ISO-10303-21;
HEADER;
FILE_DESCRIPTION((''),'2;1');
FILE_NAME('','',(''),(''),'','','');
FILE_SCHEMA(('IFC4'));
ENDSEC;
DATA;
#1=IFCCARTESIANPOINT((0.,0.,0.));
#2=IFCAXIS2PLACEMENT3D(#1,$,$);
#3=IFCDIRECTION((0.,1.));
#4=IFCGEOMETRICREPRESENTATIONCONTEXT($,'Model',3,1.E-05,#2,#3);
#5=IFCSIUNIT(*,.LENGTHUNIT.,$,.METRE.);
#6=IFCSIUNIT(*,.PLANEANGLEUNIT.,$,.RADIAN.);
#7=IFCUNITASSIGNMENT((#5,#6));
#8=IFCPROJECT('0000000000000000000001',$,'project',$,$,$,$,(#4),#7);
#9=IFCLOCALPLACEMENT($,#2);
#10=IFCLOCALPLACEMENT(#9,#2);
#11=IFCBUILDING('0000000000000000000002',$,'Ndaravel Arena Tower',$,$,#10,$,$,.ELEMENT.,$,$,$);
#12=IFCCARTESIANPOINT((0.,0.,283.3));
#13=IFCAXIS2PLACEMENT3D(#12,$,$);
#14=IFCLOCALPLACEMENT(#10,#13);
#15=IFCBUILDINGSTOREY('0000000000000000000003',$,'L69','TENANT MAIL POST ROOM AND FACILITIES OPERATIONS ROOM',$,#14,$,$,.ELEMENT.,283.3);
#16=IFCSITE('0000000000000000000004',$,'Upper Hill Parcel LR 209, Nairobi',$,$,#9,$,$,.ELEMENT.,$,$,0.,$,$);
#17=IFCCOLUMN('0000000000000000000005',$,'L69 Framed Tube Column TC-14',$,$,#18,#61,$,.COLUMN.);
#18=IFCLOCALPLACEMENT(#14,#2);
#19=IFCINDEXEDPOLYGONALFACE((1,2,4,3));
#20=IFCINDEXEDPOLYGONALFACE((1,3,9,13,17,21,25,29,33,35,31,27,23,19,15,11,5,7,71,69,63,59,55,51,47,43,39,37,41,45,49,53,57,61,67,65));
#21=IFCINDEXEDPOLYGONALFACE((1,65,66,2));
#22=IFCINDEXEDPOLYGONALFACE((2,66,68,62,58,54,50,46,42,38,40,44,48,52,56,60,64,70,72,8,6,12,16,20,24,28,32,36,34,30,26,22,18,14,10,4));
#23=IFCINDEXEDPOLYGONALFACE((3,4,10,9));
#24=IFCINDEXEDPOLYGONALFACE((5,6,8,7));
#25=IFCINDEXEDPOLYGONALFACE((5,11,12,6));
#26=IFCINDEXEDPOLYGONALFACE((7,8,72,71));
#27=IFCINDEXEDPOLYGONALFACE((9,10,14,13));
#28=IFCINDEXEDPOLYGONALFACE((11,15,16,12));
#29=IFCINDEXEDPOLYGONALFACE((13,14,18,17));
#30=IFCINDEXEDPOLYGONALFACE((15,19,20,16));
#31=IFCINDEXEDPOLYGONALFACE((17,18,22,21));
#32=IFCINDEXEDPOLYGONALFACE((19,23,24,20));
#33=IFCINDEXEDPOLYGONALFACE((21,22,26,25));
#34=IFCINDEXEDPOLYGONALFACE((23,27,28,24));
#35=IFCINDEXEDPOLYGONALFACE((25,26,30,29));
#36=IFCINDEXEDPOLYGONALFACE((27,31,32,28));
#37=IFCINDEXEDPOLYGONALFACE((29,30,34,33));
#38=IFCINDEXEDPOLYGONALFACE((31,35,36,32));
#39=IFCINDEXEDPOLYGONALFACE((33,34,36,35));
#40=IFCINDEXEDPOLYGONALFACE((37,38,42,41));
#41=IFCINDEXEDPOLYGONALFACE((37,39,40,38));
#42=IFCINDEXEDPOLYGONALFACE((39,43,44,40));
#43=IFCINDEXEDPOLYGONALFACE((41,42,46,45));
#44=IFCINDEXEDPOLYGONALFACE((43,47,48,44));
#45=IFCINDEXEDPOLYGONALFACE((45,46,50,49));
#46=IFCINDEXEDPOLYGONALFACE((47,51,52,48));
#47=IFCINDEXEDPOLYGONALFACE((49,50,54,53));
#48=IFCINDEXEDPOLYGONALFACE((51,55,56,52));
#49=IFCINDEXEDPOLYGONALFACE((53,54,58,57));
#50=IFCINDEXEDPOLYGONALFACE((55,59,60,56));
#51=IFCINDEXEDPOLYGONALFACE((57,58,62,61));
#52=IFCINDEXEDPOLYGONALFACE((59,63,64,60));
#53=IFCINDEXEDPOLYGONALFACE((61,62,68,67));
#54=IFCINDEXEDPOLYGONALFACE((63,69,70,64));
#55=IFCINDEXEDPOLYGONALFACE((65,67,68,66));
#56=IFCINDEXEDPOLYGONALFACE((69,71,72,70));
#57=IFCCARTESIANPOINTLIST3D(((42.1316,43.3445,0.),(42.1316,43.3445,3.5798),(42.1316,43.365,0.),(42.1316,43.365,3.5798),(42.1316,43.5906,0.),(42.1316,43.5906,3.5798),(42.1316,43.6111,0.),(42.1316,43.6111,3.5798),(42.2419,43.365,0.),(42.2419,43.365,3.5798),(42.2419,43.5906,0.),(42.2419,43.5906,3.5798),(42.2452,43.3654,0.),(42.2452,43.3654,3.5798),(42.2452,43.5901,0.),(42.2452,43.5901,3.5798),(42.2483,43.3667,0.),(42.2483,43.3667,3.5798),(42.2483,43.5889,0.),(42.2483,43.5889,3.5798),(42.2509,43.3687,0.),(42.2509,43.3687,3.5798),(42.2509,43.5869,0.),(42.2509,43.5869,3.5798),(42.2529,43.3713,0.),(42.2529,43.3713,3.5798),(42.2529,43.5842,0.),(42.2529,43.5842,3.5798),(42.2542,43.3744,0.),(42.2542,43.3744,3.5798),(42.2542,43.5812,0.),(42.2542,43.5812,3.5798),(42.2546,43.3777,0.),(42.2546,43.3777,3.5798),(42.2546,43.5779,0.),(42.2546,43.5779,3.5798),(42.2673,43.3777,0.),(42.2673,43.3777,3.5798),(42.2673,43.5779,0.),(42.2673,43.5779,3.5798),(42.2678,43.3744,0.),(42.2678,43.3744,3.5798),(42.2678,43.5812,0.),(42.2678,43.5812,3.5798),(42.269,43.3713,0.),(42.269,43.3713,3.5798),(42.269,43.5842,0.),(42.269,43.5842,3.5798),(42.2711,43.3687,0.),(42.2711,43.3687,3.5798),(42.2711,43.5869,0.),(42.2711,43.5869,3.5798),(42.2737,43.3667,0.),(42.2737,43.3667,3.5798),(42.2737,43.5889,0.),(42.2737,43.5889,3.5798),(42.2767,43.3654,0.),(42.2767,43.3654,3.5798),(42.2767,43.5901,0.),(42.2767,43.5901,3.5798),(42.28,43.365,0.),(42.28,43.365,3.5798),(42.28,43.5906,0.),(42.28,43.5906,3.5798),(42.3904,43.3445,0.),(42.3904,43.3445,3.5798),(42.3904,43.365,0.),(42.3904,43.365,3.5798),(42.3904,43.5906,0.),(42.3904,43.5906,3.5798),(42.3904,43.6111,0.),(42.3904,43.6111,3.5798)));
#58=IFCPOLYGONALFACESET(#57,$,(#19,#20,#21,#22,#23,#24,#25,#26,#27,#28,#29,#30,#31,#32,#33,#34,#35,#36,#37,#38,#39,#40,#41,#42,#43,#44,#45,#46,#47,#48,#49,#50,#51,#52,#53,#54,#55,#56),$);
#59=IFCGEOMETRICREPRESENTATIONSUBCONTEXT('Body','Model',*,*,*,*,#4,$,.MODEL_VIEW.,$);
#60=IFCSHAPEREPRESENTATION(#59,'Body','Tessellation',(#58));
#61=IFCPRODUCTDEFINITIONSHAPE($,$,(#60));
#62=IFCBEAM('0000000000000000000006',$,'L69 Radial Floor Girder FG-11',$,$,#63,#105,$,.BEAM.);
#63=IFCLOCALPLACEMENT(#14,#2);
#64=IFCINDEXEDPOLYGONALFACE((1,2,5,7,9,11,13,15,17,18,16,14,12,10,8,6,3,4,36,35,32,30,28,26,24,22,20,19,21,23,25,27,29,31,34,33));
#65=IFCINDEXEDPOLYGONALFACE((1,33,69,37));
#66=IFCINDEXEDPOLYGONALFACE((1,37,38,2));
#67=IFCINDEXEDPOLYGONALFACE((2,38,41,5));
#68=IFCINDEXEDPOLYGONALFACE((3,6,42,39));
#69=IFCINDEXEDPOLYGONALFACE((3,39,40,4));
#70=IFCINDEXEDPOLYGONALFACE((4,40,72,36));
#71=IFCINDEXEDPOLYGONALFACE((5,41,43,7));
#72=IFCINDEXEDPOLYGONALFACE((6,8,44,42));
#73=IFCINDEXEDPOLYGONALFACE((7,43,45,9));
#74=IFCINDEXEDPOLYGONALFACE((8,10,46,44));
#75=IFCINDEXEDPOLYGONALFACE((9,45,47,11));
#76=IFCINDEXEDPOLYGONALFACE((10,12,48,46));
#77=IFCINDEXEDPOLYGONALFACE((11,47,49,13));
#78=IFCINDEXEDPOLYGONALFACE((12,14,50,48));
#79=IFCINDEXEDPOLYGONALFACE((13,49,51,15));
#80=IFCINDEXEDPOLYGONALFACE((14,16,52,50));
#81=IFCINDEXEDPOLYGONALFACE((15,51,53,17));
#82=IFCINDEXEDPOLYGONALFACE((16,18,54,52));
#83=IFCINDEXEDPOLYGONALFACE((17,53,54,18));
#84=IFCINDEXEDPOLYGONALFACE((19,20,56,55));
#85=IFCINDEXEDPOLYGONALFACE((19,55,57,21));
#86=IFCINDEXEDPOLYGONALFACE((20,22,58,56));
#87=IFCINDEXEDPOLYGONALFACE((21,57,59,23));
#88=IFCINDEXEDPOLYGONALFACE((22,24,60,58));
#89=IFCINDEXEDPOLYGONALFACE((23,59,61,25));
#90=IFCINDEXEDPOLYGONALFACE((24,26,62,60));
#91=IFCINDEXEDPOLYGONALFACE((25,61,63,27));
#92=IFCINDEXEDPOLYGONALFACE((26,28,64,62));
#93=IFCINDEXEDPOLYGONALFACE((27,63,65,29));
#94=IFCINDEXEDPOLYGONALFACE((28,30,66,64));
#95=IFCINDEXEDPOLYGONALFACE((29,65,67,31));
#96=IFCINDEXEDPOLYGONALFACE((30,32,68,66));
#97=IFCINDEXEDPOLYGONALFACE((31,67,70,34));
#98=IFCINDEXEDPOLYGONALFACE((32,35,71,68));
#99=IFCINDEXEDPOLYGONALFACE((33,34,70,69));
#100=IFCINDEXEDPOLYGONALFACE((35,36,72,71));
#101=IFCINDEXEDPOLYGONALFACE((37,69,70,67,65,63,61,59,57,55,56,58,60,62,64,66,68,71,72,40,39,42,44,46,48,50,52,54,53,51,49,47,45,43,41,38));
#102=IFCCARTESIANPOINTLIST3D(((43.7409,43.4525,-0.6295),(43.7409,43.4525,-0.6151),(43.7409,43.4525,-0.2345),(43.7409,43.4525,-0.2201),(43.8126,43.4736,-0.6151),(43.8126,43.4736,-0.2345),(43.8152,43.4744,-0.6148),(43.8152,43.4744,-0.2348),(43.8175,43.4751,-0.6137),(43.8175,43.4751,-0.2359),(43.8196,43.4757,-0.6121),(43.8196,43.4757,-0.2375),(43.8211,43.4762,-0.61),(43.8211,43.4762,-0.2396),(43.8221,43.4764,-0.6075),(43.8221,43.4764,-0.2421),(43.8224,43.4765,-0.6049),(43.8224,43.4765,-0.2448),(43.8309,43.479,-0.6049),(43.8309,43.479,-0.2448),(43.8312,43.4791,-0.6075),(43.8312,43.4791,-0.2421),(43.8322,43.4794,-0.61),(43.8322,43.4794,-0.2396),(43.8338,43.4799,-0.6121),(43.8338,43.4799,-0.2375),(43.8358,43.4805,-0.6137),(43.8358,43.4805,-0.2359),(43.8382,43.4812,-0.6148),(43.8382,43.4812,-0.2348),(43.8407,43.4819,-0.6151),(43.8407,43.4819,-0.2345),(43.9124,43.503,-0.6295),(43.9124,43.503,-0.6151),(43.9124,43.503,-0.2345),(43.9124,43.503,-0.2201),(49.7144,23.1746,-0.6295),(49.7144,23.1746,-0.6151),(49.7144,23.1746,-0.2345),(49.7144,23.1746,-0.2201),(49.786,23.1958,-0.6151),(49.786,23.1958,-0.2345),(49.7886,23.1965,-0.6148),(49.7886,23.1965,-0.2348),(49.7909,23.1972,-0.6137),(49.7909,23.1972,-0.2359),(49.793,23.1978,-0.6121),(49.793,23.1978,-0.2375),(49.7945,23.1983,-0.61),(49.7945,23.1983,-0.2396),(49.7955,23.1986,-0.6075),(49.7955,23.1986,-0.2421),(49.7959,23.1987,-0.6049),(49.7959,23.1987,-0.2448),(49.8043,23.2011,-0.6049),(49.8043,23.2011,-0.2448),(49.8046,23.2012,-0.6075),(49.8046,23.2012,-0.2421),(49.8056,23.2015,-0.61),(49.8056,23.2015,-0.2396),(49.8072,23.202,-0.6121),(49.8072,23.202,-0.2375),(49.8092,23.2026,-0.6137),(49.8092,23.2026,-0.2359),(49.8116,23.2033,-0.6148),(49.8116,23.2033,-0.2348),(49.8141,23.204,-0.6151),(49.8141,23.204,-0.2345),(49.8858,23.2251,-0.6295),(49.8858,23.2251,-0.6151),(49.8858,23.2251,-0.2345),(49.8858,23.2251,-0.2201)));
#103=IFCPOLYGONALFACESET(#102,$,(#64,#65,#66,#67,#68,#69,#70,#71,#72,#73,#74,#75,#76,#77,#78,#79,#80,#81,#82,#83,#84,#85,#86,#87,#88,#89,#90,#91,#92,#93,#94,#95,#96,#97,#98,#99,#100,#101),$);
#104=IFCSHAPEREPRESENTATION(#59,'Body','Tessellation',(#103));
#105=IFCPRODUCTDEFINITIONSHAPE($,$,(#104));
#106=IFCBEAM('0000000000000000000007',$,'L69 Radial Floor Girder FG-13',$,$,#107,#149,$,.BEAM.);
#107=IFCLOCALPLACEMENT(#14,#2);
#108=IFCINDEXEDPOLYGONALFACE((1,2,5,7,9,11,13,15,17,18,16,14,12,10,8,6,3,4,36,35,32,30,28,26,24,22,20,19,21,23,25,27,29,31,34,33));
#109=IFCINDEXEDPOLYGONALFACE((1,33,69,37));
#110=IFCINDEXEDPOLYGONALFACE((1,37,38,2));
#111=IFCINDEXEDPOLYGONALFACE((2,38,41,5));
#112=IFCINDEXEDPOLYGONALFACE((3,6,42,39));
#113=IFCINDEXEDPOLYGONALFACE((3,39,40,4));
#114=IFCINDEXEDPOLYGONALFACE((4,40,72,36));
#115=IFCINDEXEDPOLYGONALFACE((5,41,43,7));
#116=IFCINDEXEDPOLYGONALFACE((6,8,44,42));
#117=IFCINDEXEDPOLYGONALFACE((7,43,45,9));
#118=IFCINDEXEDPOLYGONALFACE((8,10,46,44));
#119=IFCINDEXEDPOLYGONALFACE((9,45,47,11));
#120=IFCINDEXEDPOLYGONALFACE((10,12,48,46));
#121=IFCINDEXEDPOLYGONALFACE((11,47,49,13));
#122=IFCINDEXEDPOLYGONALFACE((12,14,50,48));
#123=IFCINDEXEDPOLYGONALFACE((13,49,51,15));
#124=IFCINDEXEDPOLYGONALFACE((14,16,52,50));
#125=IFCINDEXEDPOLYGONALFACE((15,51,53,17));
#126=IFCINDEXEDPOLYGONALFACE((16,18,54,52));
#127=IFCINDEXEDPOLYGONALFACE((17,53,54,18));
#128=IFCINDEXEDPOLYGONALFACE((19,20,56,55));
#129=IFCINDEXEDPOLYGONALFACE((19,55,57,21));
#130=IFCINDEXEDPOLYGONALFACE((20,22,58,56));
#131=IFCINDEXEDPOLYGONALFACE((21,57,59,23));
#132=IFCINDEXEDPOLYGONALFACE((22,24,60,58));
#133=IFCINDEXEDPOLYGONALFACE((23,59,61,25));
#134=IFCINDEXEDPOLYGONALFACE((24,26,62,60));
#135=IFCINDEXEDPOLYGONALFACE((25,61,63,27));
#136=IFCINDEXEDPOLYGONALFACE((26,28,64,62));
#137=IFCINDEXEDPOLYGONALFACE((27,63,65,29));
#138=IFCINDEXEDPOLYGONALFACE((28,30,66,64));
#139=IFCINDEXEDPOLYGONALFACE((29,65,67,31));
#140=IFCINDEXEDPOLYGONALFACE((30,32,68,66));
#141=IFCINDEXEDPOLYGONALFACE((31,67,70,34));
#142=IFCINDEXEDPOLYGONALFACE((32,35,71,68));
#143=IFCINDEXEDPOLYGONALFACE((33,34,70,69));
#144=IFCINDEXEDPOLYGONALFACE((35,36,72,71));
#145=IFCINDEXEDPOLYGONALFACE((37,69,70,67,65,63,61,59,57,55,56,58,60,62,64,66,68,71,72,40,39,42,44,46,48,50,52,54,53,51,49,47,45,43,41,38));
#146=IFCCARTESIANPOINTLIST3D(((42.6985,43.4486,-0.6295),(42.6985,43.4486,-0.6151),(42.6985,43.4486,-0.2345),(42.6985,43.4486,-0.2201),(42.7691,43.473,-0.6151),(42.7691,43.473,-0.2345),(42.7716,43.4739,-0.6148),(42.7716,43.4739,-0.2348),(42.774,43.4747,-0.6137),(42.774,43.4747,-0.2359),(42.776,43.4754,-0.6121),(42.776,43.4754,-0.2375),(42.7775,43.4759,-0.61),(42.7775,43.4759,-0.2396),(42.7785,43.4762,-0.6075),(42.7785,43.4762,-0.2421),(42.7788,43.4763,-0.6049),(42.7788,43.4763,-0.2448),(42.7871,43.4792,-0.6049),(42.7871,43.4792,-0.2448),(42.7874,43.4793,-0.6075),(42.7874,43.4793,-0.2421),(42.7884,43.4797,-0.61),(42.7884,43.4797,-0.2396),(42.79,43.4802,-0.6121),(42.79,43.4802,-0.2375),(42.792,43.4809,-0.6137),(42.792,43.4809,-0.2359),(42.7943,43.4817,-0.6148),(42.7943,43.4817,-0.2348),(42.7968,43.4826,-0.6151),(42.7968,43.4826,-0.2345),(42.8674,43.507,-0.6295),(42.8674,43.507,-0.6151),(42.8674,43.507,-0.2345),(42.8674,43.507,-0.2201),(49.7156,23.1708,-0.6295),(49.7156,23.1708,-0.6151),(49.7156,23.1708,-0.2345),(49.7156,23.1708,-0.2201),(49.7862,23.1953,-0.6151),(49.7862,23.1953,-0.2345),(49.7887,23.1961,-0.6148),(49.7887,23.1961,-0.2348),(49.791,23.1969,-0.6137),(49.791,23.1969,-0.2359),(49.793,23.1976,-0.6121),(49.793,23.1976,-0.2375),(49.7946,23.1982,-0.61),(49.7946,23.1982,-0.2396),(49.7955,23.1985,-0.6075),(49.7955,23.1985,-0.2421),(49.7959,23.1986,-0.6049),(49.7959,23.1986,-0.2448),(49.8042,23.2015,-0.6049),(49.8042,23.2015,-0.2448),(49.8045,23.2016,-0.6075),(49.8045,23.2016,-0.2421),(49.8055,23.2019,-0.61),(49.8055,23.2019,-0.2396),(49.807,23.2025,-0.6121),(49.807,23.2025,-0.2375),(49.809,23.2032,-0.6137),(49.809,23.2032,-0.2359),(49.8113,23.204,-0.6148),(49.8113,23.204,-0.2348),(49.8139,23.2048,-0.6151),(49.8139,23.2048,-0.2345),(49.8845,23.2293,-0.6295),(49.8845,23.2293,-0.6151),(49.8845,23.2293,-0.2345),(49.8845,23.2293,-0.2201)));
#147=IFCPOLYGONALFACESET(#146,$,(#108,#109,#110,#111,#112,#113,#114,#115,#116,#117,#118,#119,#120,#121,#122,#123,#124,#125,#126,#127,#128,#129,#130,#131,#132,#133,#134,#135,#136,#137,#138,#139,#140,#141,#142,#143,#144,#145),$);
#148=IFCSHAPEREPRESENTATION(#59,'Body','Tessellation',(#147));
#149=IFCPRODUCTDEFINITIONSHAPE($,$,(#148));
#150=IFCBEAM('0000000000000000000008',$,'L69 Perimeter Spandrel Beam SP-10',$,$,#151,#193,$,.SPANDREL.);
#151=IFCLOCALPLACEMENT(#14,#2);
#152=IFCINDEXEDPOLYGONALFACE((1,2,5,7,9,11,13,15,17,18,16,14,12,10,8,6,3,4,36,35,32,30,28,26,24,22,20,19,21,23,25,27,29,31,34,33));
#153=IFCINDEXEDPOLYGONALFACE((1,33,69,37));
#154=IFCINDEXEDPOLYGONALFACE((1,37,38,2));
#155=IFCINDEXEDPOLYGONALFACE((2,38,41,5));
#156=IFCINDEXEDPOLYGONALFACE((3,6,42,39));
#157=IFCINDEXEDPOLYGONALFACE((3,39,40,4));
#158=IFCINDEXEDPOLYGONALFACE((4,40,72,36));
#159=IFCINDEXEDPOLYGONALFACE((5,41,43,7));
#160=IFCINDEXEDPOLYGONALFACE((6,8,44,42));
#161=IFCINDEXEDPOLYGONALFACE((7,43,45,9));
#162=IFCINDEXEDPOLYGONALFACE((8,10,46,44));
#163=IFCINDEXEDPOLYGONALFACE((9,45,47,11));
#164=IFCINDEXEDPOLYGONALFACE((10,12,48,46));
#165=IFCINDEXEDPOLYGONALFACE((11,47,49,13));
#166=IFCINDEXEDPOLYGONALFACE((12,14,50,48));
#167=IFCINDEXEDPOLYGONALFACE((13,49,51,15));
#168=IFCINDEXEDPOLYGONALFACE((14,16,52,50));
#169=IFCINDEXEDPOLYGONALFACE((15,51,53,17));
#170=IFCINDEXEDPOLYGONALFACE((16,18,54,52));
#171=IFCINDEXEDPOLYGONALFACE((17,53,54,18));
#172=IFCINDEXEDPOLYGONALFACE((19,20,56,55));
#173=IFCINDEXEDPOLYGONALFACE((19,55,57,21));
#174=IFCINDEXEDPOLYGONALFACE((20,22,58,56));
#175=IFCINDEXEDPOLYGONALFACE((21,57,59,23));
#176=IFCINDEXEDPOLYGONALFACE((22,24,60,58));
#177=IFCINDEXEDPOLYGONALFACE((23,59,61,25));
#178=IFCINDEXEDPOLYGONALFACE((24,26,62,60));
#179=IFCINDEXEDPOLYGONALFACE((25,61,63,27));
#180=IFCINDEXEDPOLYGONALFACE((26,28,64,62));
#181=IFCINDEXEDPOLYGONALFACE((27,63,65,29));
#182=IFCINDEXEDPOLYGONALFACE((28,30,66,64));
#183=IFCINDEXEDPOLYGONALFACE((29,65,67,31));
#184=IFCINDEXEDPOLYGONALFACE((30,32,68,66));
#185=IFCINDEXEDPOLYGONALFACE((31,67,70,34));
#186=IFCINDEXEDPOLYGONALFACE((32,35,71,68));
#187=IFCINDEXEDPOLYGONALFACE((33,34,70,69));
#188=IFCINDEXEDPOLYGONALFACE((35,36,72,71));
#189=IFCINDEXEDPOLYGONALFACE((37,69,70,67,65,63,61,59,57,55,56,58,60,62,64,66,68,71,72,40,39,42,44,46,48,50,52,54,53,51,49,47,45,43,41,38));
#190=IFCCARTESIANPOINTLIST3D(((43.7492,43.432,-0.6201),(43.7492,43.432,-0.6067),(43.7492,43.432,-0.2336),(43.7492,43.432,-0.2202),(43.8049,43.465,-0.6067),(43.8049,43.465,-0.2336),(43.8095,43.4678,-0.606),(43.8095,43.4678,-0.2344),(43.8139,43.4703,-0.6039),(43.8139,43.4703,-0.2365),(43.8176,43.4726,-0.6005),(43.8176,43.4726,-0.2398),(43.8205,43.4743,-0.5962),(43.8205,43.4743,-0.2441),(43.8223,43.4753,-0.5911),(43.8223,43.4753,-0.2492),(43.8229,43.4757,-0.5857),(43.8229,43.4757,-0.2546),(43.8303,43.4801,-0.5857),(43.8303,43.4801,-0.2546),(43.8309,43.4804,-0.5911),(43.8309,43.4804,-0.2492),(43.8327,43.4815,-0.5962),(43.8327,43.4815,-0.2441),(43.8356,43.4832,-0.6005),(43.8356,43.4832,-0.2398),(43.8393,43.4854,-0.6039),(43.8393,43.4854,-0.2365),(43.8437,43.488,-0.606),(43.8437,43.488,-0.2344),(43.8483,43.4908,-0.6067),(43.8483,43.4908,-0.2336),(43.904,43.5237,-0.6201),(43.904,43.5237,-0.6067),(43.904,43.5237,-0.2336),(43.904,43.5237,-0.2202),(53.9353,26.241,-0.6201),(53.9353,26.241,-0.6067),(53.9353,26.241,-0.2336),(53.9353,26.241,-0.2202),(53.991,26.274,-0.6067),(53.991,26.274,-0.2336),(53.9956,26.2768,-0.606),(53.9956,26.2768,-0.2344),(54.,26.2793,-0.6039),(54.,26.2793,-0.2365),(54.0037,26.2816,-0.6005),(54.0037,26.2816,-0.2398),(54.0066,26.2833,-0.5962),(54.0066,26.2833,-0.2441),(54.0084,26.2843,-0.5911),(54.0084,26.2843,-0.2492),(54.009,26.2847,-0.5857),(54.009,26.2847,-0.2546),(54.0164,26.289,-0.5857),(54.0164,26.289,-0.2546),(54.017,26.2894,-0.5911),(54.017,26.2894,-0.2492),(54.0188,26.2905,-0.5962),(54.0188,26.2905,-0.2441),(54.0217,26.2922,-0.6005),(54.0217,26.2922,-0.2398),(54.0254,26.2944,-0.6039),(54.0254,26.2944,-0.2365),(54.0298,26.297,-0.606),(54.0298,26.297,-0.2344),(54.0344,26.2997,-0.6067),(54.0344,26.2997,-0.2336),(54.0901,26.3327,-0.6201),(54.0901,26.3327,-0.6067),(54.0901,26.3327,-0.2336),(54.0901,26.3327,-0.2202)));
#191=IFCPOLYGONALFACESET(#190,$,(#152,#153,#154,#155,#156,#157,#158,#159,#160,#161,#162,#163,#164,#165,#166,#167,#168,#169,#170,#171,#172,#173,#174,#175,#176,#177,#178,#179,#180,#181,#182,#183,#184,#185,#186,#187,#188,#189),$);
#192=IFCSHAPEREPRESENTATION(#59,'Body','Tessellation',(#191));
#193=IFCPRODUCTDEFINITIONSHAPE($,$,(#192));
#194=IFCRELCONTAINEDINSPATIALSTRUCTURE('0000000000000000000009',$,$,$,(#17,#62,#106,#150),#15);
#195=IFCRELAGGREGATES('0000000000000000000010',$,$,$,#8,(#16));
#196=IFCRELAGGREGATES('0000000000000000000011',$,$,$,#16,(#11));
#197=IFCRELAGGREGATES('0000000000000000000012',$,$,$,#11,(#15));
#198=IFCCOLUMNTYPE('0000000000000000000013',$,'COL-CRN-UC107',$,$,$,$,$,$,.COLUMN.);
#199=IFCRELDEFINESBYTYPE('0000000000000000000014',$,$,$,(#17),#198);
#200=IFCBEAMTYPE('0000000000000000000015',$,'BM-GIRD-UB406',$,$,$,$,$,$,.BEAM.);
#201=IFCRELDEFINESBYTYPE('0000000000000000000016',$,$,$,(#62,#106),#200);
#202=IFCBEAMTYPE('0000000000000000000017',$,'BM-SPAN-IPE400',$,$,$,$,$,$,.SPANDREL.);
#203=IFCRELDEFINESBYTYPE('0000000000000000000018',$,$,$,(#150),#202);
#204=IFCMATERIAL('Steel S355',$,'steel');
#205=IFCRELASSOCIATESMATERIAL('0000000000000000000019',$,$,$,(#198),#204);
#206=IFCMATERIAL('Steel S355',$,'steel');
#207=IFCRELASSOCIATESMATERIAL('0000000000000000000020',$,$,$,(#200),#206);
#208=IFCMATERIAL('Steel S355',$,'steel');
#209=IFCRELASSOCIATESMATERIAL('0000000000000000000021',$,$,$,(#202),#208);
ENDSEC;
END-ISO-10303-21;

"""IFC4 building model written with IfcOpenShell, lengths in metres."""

from ifc_helpers import new_model, si_unit, direction, frame, origin, origin_2d, place, context, subcontext, project, spatial, i_section, extrude, material, material_profile, profile_set, type_object, element, save


model = new_model("IFC4")

# Units and contexts
model_context = context("Model", 3, precision=1e-05, world=origin(), true_north=direction((0.0, 1.0)))
body_context = subcontext(model_context, "Body", "Model", "MODEL_VIEW")
ifc_project = project(units=[si_unit("LENGTHUNIT", "METRE"), si_unit("PLANEANGLEUNIT", "RADIAN")], contexts=[model_context])

# Site, building, storey
site_placement = place(None, origin())
site = spatial("IfcSite", under=ifc_project, at=site_placement, Name="Upper Hill Parcel LR 209, Nairobi", CompositionType="ELEMENT", RefElevation=0.0)
building_placement = place(site_placement, origin())
building = spatial("IfcBuilding", under=site, at=building_placement, Name="Ndaravel Arena Tower", CompositionType="ELEMENT")
storey_placement = place(building_placement, frame((0.0, 0.0, 283.3)))
storey = spatial("IfcBuildingStorey", under=building, at=storey_placement, Name="L69", Description="TENANT MAIL POST ROOM AND FACILITIES OPERATIONS ROOM", CompositionType="ELEMENT", Elevation=283.3)

# Column
ifc_material_1 = material(Name="Steel S355", Category="steel")
ifc_material_profile_1 = material_profile(ifc_material_1, i_section(OverallWidth=0.2588, OverallDepth=0.2666, WebThickness=0.0127, FlangeThickness=0.0205, FilletRadius=0.0127, at=origin_2d()), Name="UC 254x254x107")
ifc_profile_set_1 = profile_set([ifc_material_profile_1], Name="Steel S355")
column_type = type_object("IfcColumnType", Name="COL-CRN-UC107", PredefinedType="COLUMN", material=ifc_profile_set_1)
for number, where, z_axis, x_axis, name in (
    (1, (42.261, 43.4778, 0.0), (0.0, 0.0, 1.0), (1.0, 0.0, 0.0), "L69 Framed Tube Column TC-14"),
):
    element("IfcColumn", number, at=place(storey_placement, frame(where, z_axis=z_axis, x_axis=x_axis)), inside=storey, type_object=column_type, Name=name, PredefinedType="COLUMN", context=body_context, shape_type="SweptSolid", body=[
        extrude(i_section(OverallWidth=0.2588, OverallDepth=0.2666, WebThickness=0.0127, FlangeThickness=0.0205, FilletRadius=0.0127, at=origin_2d()), origin(), (0.0, 0.0, 1.0), 3.5798),
    ])

# Beams
ifc_material_2 = material(Name="Steel S355", Category="steel")
ifc_material_profile_2 = material_profile(ifc_material_2, i_section(OverallWidth=0.1787, OverallDepth=0.4094, WebThickness=0.0088, FlangeThickness=0.0144, FilletRadius=0.0103, at=origin_2d()), Name="UB 406x178x67")
ifc_profile_set_2 = profile_set([ifc_material_profile_2], Name="Steel S355")
beam_type_1 = type_object("IfcBeamType", Name="BM-GIRD-UB406", PredefinedType="BEAM", material=ifc_profile_set_2)
beam_1_placement = place(storey_placement, frame((43.8267, 43.4778, -0.4248), z_axis=(0.282572, -0.959246, 0.0), x_axis=(0.959246, 0.282572, 0.0)))
element("IfcBeam", 2, at=beam_1_placement, inside=storey, type_object=beam_type_1, Name="L69 Radial Floor Girder FG-11", PredefinedType="BEAM", context=body_context, shape_type="SweptSolid", body=[
    extrude(i_section(OverallWidth=0.1787, OverallDepth=0.4094, WebThickness=0.0088, FlangeThickness=0.0144, FilletRadius=0.0103, at=origin_2d()), origin(), (0.0, 0.0, 1.0), 21.1394),
])
beam_2_placement = place(storey_placement, frame((42.783, 43.4778, -0.4248), z_axis=(0.327021, -0.945017, 0.0), x_axis=(0.945017, 0.327021, 0.0)))
element("IfcBeam", 3, at=beam_2_placement, inside=storey, type_object=beam_type_1, Name="L69 Radial Floor Girder FG-13", PredefinedType="BEAM", context=body_context, shape_type="SweptSolid", body=[
    extrude(i_section(OverallWidth=0.1787, OverallDepth=0.4094, WebThickness=0.0088, FlangeThickness=0.0144, FilletRadius=0.0103, at=origin_2d()), origin(), (0.0, 0.0, 1.0), 21.4575),
])
ifc_material_3 = material(Name="Steel S355", Category="steel")
ifc_material_profile_3 = material_profile(ifc_material_3, i_section(OverallWidth=0.1799, OverallDepth=0.3999, WebThickness=0.0085, FlangeThickness=0.0134, FilletRadius=0.021, at=origin_2d()), Name="IPE 400")
ifc_profile_set_3 = profile_set([ifc_material_profile_3], Name="Steel S355")
beam_type_2 = type_object("IfcBeamType", Name="BM-SPAN-IPE400", PredefinedType="SPANDREL", material=ifc_profile_set_3)
beam_3_placement = place(storey_placement, frame((54.0127, 26.2869, -0.4202), z_axis=(-0.509759, 0.860317, 0.0), x_axis=(-0.860317, -0.509759, 0.0)))
element("IfcBeam", 4, at=beam_3_placement, inside=storey, type_object=beam_type_2, Name="L69 Perimeter Spandrel Beam SP-10", PredefinedType="SPANDREL", context=body_context, shape_type="SweptSolid", body=[
    extrude(i_section(OverallWidth=0.1799, OverallDepth=0.3999, WebThickness=0.0085, FlangeThickness=0.0134, FilletRadius=0.021, at=origin_2d()), origin(), (0.0, 0.0, 1.0), 19.9822),
])

save(model, "model.ifc")
